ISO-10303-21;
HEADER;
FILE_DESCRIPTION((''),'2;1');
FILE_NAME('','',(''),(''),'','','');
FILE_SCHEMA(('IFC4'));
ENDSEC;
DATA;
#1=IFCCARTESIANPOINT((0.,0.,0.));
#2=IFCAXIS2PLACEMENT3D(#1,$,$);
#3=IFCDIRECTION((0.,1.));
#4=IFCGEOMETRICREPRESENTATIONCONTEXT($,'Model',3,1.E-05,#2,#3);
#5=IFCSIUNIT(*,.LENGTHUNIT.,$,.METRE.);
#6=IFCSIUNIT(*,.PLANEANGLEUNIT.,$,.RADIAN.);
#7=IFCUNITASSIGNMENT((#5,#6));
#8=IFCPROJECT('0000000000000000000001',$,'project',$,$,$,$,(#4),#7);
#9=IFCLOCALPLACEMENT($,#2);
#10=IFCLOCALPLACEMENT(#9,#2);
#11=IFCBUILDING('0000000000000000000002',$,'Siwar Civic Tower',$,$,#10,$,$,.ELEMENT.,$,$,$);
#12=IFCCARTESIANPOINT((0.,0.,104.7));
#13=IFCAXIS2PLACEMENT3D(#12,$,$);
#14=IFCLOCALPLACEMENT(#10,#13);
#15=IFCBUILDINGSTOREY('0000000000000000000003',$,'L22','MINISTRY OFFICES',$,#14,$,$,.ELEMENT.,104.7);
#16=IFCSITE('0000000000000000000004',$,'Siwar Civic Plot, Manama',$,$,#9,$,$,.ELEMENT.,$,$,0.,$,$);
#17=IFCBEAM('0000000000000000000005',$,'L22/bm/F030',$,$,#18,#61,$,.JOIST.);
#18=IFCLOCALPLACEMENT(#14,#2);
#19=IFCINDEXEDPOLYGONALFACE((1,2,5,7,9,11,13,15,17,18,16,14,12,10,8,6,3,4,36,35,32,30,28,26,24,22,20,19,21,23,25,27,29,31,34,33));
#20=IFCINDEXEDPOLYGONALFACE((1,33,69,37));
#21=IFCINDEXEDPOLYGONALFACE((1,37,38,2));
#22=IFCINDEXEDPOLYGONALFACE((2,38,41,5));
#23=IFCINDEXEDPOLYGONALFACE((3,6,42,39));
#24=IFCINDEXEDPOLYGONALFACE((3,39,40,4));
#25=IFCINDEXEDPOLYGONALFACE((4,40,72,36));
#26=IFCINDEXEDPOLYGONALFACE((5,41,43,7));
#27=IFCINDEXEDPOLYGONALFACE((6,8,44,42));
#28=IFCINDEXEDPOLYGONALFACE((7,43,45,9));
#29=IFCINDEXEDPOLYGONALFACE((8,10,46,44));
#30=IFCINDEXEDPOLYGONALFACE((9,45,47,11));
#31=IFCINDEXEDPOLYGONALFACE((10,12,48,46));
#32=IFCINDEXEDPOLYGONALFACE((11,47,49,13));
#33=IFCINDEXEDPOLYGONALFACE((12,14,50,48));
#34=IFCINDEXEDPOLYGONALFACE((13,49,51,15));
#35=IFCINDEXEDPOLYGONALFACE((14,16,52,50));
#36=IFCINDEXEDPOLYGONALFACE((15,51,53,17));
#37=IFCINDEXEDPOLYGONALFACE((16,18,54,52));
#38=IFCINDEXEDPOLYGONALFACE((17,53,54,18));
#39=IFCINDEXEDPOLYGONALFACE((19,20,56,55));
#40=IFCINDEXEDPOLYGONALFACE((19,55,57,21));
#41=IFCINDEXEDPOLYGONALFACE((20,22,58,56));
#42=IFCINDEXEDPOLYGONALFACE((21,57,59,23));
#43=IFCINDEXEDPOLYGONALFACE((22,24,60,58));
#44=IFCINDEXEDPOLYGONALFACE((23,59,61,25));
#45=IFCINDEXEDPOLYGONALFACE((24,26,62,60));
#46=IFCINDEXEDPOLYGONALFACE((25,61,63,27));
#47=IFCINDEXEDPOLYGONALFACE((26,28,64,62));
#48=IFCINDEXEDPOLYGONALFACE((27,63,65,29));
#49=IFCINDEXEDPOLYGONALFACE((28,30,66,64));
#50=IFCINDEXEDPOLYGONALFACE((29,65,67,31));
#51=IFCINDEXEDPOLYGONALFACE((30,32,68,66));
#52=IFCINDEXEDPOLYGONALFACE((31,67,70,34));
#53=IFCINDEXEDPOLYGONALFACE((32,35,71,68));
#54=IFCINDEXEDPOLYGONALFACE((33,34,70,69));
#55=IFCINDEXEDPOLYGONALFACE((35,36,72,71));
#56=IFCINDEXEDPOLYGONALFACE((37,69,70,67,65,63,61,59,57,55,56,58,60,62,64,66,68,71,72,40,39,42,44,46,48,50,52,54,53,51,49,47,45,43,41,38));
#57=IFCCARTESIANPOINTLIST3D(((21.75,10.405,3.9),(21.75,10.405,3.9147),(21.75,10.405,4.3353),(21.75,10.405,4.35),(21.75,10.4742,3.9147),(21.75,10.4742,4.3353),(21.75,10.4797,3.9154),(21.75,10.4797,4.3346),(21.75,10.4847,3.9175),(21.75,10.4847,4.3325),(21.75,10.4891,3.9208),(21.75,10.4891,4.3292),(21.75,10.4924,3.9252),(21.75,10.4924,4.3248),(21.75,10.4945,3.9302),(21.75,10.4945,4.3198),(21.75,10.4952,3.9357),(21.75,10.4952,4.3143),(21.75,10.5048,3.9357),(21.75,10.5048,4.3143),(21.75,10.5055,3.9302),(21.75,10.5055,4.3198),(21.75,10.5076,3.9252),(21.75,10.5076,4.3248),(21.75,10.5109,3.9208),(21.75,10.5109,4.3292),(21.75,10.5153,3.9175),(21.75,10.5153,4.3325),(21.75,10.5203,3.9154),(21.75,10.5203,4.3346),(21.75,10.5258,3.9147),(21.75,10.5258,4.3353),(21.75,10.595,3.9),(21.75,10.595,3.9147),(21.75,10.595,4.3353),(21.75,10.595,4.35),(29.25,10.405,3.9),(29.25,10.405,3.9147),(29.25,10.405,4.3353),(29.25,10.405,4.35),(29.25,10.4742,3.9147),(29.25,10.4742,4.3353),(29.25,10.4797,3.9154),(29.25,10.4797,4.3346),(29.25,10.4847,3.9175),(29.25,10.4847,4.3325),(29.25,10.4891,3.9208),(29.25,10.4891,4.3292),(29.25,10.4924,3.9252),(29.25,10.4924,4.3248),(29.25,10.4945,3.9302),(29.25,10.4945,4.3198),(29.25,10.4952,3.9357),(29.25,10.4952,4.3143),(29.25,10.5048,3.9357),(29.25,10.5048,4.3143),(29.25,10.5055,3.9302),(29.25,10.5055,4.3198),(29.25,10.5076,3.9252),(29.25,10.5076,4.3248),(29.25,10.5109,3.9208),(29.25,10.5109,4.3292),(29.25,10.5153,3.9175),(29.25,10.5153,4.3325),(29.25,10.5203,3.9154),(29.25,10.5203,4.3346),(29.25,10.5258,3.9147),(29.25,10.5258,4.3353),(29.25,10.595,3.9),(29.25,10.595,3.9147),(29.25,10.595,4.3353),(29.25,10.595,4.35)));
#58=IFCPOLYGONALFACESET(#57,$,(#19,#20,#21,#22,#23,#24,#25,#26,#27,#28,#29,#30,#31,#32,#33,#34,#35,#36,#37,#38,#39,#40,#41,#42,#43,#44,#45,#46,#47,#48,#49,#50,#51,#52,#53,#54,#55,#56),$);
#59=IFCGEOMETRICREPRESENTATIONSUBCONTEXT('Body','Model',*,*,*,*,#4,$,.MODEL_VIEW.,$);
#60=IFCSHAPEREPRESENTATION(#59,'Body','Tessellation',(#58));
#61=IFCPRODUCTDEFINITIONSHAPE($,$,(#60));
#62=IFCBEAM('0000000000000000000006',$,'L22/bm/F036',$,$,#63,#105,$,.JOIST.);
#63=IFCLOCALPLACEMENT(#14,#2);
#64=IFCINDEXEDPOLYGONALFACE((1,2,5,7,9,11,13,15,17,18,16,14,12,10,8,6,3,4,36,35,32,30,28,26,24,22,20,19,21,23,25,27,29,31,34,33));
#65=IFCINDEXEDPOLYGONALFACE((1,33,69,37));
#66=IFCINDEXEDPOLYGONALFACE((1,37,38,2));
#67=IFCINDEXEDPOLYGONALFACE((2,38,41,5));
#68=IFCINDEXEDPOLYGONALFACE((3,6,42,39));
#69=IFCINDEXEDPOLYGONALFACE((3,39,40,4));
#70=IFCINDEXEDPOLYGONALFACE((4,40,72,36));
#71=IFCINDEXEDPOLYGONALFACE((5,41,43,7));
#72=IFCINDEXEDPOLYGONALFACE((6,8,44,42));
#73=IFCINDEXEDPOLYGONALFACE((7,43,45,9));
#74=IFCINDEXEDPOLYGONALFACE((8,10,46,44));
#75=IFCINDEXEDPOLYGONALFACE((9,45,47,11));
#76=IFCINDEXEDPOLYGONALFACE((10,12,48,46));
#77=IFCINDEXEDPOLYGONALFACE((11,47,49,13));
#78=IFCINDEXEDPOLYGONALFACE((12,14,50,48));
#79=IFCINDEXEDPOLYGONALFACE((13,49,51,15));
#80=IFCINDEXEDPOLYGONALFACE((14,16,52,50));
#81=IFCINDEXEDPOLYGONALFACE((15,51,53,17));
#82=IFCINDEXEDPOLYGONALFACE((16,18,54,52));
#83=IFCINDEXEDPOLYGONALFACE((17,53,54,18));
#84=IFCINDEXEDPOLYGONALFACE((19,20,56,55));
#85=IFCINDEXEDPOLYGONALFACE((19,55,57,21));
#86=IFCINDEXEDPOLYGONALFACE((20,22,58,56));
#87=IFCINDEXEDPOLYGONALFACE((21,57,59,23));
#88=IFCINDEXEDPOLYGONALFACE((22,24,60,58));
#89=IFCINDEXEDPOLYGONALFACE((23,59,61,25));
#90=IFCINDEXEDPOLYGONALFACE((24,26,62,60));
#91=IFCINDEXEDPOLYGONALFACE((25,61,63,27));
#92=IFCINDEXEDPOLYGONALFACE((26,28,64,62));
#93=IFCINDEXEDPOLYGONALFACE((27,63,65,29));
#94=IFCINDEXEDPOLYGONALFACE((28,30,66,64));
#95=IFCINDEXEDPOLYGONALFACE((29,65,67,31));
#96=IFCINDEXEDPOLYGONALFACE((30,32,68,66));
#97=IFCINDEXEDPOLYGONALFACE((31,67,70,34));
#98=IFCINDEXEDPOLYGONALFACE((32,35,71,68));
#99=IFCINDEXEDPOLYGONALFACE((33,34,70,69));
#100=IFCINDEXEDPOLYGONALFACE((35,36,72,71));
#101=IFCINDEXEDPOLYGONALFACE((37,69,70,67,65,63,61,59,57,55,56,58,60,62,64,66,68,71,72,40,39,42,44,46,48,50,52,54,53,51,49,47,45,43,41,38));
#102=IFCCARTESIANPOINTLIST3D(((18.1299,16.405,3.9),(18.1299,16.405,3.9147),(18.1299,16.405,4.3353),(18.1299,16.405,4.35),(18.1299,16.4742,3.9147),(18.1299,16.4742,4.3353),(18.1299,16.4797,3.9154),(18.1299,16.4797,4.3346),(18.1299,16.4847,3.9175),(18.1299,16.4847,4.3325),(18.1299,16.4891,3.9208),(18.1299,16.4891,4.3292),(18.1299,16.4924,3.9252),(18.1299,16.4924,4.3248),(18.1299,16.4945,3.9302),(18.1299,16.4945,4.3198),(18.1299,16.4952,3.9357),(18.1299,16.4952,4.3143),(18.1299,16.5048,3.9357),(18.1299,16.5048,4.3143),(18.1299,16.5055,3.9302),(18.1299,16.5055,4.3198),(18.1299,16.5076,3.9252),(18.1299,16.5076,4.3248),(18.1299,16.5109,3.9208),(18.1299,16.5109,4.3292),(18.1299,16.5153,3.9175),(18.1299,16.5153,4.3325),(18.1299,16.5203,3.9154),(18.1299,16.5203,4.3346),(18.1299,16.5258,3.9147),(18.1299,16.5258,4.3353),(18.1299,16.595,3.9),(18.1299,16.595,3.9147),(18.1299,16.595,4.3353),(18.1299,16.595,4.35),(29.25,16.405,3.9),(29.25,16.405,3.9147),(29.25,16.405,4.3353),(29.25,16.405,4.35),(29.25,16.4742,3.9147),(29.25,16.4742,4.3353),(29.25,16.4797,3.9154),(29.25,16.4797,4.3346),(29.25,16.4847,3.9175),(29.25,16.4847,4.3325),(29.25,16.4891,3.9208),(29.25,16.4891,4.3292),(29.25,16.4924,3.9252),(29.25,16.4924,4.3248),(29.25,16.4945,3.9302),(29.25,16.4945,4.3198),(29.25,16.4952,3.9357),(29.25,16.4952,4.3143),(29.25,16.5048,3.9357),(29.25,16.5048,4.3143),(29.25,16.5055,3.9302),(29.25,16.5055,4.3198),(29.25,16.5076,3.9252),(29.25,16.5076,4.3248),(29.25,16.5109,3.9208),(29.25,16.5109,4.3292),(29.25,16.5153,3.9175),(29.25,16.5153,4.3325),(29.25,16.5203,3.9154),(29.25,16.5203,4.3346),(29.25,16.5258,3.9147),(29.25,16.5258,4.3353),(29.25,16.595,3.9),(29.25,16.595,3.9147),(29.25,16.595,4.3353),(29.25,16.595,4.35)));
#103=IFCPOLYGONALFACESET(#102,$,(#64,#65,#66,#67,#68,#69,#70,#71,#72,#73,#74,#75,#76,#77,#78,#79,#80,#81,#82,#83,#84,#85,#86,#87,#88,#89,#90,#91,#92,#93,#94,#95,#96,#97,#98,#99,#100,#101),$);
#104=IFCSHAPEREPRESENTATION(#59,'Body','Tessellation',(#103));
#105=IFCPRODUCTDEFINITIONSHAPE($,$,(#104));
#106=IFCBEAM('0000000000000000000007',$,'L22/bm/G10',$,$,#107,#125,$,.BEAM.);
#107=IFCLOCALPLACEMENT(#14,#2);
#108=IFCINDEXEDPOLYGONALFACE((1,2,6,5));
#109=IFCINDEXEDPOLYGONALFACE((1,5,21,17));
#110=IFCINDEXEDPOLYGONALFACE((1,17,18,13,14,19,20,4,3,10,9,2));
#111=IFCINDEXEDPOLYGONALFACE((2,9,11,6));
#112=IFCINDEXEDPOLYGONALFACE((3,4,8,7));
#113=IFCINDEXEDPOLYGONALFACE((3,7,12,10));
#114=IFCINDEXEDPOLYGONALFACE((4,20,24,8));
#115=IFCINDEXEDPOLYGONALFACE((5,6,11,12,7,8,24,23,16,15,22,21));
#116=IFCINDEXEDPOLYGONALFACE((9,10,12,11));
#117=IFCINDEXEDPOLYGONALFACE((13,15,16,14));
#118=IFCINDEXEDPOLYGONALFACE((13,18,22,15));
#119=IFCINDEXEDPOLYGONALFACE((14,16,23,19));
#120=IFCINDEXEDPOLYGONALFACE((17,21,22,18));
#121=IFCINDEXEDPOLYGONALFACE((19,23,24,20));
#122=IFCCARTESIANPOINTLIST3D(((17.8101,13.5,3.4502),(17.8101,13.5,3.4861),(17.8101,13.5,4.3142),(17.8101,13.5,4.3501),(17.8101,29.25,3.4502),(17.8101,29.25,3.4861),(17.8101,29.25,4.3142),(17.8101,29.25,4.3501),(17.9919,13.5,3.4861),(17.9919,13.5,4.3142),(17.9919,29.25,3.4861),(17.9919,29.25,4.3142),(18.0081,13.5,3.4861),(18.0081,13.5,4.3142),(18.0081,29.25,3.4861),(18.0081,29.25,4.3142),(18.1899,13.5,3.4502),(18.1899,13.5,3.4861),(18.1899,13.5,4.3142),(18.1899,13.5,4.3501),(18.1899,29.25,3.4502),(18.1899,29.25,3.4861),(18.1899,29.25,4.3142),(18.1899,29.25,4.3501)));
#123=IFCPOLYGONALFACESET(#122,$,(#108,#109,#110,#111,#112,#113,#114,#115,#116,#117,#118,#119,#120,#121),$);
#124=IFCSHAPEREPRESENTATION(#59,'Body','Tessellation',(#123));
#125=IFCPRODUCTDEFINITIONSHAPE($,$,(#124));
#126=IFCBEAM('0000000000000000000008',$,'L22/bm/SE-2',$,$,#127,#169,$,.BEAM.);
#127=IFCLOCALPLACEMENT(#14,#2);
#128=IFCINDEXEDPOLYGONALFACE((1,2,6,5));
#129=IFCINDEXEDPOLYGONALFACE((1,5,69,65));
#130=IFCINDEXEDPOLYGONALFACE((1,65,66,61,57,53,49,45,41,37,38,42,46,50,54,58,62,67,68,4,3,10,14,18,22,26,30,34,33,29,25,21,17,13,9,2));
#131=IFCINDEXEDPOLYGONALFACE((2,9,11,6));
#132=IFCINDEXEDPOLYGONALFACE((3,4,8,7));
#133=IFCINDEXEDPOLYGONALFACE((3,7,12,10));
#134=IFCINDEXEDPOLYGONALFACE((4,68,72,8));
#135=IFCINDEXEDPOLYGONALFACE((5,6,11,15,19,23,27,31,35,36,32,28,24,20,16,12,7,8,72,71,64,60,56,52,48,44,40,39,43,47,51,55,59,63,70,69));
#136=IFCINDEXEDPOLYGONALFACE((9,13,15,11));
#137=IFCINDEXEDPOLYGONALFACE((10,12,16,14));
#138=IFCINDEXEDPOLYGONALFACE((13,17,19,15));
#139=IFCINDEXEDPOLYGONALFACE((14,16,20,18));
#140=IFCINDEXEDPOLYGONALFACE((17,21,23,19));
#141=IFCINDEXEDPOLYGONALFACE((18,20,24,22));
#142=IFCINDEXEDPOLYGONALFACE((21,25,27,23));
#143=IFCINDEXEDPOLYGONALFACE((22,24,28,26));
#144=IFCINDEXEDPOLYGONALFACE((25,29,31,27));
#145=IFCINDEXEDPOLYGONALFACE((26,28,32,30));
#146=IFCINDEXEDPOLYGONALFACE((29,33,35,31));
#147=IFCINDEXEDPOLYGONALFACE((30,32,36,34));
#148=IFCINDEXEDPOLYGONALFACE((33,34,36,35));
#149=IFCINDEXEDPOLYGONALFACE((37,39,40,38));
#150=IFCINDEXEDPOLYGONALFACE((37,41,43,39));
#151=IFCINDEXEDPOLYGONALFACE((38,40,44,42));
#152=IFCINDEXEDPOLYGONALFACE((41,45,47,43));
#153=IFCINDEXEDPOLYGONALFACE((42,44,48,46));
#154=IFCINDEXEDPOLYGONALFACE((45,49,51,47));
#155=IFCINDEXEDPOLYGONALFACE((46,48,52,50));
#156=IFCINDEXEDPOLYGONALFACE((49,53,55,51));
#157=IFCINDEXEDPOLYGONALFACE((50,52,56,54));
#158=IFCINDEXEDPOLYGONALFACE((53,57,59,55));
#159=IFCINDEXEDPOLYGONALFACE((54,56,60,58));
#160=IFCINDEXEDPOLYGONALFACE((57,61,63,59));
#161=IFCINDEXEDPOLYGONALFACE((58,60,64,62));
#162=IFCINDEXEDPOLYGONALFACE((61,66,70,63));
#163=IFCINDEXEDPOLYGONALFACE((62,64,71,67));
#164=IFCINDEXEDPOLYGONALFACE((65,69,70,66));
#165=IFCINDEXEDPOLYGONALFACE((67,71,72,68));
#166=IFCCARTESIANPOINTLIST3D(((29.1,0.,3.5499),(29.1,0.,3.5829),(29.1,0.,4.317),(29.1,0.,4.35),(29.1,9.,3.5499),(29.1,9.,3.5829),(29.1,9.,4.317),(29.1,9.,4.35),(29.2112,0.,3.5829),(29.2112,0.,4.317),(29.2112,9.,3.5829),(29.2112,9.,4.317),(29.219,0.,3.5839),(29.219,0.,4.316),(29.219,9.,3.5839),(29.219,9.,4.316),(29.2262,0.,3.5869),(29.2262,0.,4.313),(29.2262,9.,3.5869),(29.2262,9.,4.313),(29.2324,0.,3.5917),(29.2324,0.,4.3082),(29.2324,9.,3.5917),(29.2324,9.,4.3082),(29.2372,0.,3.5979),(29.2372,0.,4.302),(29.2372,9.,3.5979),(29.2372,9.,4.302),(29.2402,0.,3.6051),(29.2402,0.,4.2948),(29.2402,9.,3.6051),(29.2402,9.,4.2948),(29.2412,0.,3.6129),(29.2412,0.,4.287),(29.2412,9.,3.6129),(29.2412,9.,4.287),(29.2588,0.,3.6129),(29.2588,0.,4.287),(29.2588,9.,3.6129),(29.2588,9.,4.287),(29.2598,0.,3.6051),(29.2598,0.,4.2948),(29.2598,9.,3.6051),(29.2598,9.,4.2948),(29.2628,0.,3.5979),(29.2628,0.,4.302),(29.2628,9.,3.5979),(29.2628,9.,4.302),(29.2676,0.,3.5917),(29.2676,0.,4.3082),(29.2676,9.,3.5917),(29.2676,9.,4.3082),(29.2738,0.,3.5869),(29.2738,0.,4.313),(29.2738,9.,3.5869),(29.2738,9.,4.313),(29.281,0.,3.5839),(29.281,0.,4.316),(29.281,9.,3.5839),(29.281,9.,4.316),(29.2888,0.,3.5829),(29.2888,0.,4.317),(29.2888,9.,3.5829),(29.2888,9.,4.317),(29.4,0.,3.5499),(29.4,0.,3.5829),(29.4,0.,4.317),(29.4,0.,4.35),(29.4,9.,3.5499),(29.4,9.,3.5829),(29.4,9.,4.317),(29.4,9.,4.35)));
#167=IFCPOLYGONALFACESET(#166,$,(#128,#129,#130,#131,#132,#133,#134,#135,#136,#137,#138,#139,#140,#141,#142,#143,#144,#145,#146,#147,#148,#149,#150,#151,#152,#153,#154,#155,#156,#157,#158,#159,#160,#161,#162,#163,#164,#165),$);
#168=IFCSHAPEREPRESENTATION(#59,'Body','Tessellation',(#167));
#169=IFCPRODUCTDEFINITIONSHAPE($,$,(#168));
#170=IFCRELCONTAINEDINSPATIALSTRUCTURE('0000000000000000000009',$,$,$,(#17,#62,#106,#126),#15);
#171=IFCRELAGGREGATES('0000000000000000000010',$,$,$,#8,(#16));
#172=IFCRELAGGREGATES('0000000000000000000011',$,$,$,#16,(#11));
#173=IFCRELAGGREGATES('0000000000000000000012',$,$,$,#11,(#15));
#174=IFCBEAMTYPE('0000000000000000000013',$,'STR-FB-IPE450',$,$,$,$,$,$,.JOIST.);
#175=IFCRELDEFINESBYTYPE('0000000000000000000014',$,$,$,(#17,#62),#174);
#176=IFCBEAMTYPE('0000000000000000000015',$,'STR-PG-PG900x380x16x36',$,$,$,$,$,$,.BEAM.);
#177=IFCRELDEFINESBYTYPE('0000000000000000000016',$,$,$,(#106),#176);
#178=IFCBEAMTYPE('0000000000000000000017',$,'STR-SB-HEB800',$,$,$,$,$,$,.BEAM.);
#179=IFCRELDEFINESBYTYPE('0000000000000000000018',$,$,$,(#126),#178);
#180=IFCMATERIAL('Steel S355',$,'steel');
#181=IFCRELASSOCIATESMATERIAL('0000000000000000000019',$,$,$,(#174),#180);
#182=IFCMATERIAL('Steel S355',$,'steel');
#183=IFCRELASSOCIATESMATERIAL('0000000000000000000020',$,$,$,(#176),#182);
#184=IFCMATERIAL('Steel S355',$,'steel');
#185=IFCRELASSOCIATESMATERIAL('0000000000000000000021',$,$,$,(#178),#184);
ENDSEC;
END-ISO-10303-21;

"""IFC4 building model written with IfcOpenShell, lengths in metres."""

from ifc_helpers import new_model, si_unit, direction, frame, origin, origin_2d, place, context, subcontext, project, spatial, i_section, extrude, material, material_profile, profile_set, type_object, element, save


model = new_model("IFC4")

# Units and contexts
model_context = context("Model", 3, precision=1e-05, world=origin(), true_north=direction((0.0, 1.0)))
body_context = subcontext(model_context, "Body", "Model", "MODEL_VIEW")
ifc_project = project(units=[si_unit("LENGTHUNIT", "METRE"), si_unit("PLANEANGLEUNIT", "RADIAN")], contexts=[model_context])

# Site, building, storey
site_placement = place(None, origin())
site = spatial("IfcSite", under=ifc_project, at=site_placement, Name="Siwar Civic Plot, Manama", CompositionType="ELEMENT", RefElevation=0.0)
building_placement = place(site_placement, origin())
building = spatial("IfcBuilding", under=site, at=building_placement, Name="Siwar Civic Tower", CompositionType="ELEMENT")
storey_placement = place(building_placement, frame((0.0, 0.0, 104.7)))
storey = spatial("IfcBuildingStorey", under=building, at=storey_placement, Name="L22", Description="MINISTRY OFFICES", CompositionType="ELEMENT", Elevation=104.7)

# Beams
ifc_material_1 = material(Name="Steel S355", Category="steel")
ifc_material_profile_1 = material_profile(ifc_material_1, i_section(OverallWidth=0.1899, OverallDepth=0.45, WebThickness=0.0095, FlangeThickness=0.0146, FilletRadius=0.021, at=origin_2d()), Name="IPE450")
ifc_profile_set_1 = profile_set([ifc_material_profile_1], Name="Steel S355")
beam_type_1 = type_object("IfcBeamType", Name="STR-FB-IPE450", PredefinedType="JOIST", material=ifc_profile_set_1)
for number, where, z_axis, x_axis, name in (
    (1, (21.75, 10.5, 4.125), (1.0, 0.0, 0.0), (0.0, 1.0, 0.0), "L22/bm/F030"),
):
    element("IfcBeam", number, at=place(storey_placement, frame(where, z_axis=z_axis, x_axis=x_axis)), inside=storey, type_object=beam_type_1, Name=name, PredefinedType="JOIST", context=body_context, shape_type="SweptSolid", body=[
        extrude(i_section(OverallWidth=0.1899, OverallDepth=0.45, WebThickness=0.0095, FlangeThickness=0.0146, FilletRadius=0.021, at=origin_2d()), origin(), (0.0, 0.0, 1.0), 7.5),
    ])
beam_1_placement = place(storey_placement, frame((18.1299, 16.5, 4.125), z_axis=(1.0, 0.0, 0.0), x_axis=(0.0, 1.0, 0.0)))
element("IfcBeam", 2, at=beam_1_placement, inside=storey, type_object=beam_type_1, Name="L22/bm/F036", PredefinedType="JOIST", context=body_context, shape_type="SweptSolid", body=[
    extrude(i_section(OverallWidth=0.1899, OverallDepth=0.45, WebThickness=0.0095, FlangeThickness=0.0146, FilletRadius=0.021, at=origin_2d()), origin(), (0.0, 0.0, 1.0), 11.1201),
])
ifc_material_2 = material(Name="Steel S355", Category="steel")
ifc_material_profile_2 = material_profile(ifc_material_2, i_section(OverallWidth=0.3799, OverallDepth=0.8999, WebThickness=0.0161, FlangeThickness=0.0359, at=origin_2d()), Name="PG900x380x16x36")
ifc_profile_set_2 = profile_set([ifc_material_profile_2], Name="Steel S355")
beam_type_2 = type_object("IfcBeamType", Name="STR-PG-PG900x380x16x36", PredefinedType="BEAM", material=ifc_profile_set_2)
beam_2_placement = place(storey_placement, frame((18.0, 13.5, 3.9001), z_axis=(0.0, 1.0, 0.0), x_axis=(-1.0, 0.0, 0.0)))
element("IfcBeam", 3, at=beam_2_placement, inside=storey, type_object=beam_type_2, Name="L22/bm/G10", PredefinedType="BEAM", context=body_context, shape_type="SweptSolid", body=[
    extrude(i_section(OverallWidth=0.3799, OverallDepth=0.8999, WebThickness=0.0161, FlangeThickness=0.0359, at=origin_2d()), origin(), (0.0, 0.0, 1.0), 15.75),
])
ifc_material_3 = material(Name="Steel S355", Category="steel")
ifc_material_profile_3 = material_profile(ifc_material_3, i_section(OverallWidth=0.3, OverallDepth=0.8, WebThickness=0.0176, FlangeThickness=0.033, FilletRadius=0.03, at=origin_2d()), Name="HEB800")
ifc_profile_set_3 = profile_set([ifc_material_profile_3], Name="Steel S355")
beam_type_3 = type_object("IfcBeamType", Name="STR-SB-HEB800", PredefinedType="BEAM", material=ifc_profile_set_3)
for number, where, z_axis, x_axis, name in (
    (4, (29.25, 0.0, 3.95), (0.0, 1.0, 0.0), (-1.0, 0.0, 0.0), "L22/bm/SE-2"),
):
    element("IfcBeam", number, at=place(storey_placement, frame(where, z_axis=z_axis, x_axis=x_axis)), inside=storey, type_object=beam_type_3, Name=name, PredefinedType="BEAM", context=body_context, shape_type="SweptSolid", body=[
        extrude(i_section(OverallWidth=0.3, OverallDepth=0.8, WebThickness=0.0176, FlangeThickness=0.033, FilletRadius=0.03, at=origin_2d()), origin(), (0.0, 0.0, 1.0), 9.0),
    ])

save(model, "model.ifc")
